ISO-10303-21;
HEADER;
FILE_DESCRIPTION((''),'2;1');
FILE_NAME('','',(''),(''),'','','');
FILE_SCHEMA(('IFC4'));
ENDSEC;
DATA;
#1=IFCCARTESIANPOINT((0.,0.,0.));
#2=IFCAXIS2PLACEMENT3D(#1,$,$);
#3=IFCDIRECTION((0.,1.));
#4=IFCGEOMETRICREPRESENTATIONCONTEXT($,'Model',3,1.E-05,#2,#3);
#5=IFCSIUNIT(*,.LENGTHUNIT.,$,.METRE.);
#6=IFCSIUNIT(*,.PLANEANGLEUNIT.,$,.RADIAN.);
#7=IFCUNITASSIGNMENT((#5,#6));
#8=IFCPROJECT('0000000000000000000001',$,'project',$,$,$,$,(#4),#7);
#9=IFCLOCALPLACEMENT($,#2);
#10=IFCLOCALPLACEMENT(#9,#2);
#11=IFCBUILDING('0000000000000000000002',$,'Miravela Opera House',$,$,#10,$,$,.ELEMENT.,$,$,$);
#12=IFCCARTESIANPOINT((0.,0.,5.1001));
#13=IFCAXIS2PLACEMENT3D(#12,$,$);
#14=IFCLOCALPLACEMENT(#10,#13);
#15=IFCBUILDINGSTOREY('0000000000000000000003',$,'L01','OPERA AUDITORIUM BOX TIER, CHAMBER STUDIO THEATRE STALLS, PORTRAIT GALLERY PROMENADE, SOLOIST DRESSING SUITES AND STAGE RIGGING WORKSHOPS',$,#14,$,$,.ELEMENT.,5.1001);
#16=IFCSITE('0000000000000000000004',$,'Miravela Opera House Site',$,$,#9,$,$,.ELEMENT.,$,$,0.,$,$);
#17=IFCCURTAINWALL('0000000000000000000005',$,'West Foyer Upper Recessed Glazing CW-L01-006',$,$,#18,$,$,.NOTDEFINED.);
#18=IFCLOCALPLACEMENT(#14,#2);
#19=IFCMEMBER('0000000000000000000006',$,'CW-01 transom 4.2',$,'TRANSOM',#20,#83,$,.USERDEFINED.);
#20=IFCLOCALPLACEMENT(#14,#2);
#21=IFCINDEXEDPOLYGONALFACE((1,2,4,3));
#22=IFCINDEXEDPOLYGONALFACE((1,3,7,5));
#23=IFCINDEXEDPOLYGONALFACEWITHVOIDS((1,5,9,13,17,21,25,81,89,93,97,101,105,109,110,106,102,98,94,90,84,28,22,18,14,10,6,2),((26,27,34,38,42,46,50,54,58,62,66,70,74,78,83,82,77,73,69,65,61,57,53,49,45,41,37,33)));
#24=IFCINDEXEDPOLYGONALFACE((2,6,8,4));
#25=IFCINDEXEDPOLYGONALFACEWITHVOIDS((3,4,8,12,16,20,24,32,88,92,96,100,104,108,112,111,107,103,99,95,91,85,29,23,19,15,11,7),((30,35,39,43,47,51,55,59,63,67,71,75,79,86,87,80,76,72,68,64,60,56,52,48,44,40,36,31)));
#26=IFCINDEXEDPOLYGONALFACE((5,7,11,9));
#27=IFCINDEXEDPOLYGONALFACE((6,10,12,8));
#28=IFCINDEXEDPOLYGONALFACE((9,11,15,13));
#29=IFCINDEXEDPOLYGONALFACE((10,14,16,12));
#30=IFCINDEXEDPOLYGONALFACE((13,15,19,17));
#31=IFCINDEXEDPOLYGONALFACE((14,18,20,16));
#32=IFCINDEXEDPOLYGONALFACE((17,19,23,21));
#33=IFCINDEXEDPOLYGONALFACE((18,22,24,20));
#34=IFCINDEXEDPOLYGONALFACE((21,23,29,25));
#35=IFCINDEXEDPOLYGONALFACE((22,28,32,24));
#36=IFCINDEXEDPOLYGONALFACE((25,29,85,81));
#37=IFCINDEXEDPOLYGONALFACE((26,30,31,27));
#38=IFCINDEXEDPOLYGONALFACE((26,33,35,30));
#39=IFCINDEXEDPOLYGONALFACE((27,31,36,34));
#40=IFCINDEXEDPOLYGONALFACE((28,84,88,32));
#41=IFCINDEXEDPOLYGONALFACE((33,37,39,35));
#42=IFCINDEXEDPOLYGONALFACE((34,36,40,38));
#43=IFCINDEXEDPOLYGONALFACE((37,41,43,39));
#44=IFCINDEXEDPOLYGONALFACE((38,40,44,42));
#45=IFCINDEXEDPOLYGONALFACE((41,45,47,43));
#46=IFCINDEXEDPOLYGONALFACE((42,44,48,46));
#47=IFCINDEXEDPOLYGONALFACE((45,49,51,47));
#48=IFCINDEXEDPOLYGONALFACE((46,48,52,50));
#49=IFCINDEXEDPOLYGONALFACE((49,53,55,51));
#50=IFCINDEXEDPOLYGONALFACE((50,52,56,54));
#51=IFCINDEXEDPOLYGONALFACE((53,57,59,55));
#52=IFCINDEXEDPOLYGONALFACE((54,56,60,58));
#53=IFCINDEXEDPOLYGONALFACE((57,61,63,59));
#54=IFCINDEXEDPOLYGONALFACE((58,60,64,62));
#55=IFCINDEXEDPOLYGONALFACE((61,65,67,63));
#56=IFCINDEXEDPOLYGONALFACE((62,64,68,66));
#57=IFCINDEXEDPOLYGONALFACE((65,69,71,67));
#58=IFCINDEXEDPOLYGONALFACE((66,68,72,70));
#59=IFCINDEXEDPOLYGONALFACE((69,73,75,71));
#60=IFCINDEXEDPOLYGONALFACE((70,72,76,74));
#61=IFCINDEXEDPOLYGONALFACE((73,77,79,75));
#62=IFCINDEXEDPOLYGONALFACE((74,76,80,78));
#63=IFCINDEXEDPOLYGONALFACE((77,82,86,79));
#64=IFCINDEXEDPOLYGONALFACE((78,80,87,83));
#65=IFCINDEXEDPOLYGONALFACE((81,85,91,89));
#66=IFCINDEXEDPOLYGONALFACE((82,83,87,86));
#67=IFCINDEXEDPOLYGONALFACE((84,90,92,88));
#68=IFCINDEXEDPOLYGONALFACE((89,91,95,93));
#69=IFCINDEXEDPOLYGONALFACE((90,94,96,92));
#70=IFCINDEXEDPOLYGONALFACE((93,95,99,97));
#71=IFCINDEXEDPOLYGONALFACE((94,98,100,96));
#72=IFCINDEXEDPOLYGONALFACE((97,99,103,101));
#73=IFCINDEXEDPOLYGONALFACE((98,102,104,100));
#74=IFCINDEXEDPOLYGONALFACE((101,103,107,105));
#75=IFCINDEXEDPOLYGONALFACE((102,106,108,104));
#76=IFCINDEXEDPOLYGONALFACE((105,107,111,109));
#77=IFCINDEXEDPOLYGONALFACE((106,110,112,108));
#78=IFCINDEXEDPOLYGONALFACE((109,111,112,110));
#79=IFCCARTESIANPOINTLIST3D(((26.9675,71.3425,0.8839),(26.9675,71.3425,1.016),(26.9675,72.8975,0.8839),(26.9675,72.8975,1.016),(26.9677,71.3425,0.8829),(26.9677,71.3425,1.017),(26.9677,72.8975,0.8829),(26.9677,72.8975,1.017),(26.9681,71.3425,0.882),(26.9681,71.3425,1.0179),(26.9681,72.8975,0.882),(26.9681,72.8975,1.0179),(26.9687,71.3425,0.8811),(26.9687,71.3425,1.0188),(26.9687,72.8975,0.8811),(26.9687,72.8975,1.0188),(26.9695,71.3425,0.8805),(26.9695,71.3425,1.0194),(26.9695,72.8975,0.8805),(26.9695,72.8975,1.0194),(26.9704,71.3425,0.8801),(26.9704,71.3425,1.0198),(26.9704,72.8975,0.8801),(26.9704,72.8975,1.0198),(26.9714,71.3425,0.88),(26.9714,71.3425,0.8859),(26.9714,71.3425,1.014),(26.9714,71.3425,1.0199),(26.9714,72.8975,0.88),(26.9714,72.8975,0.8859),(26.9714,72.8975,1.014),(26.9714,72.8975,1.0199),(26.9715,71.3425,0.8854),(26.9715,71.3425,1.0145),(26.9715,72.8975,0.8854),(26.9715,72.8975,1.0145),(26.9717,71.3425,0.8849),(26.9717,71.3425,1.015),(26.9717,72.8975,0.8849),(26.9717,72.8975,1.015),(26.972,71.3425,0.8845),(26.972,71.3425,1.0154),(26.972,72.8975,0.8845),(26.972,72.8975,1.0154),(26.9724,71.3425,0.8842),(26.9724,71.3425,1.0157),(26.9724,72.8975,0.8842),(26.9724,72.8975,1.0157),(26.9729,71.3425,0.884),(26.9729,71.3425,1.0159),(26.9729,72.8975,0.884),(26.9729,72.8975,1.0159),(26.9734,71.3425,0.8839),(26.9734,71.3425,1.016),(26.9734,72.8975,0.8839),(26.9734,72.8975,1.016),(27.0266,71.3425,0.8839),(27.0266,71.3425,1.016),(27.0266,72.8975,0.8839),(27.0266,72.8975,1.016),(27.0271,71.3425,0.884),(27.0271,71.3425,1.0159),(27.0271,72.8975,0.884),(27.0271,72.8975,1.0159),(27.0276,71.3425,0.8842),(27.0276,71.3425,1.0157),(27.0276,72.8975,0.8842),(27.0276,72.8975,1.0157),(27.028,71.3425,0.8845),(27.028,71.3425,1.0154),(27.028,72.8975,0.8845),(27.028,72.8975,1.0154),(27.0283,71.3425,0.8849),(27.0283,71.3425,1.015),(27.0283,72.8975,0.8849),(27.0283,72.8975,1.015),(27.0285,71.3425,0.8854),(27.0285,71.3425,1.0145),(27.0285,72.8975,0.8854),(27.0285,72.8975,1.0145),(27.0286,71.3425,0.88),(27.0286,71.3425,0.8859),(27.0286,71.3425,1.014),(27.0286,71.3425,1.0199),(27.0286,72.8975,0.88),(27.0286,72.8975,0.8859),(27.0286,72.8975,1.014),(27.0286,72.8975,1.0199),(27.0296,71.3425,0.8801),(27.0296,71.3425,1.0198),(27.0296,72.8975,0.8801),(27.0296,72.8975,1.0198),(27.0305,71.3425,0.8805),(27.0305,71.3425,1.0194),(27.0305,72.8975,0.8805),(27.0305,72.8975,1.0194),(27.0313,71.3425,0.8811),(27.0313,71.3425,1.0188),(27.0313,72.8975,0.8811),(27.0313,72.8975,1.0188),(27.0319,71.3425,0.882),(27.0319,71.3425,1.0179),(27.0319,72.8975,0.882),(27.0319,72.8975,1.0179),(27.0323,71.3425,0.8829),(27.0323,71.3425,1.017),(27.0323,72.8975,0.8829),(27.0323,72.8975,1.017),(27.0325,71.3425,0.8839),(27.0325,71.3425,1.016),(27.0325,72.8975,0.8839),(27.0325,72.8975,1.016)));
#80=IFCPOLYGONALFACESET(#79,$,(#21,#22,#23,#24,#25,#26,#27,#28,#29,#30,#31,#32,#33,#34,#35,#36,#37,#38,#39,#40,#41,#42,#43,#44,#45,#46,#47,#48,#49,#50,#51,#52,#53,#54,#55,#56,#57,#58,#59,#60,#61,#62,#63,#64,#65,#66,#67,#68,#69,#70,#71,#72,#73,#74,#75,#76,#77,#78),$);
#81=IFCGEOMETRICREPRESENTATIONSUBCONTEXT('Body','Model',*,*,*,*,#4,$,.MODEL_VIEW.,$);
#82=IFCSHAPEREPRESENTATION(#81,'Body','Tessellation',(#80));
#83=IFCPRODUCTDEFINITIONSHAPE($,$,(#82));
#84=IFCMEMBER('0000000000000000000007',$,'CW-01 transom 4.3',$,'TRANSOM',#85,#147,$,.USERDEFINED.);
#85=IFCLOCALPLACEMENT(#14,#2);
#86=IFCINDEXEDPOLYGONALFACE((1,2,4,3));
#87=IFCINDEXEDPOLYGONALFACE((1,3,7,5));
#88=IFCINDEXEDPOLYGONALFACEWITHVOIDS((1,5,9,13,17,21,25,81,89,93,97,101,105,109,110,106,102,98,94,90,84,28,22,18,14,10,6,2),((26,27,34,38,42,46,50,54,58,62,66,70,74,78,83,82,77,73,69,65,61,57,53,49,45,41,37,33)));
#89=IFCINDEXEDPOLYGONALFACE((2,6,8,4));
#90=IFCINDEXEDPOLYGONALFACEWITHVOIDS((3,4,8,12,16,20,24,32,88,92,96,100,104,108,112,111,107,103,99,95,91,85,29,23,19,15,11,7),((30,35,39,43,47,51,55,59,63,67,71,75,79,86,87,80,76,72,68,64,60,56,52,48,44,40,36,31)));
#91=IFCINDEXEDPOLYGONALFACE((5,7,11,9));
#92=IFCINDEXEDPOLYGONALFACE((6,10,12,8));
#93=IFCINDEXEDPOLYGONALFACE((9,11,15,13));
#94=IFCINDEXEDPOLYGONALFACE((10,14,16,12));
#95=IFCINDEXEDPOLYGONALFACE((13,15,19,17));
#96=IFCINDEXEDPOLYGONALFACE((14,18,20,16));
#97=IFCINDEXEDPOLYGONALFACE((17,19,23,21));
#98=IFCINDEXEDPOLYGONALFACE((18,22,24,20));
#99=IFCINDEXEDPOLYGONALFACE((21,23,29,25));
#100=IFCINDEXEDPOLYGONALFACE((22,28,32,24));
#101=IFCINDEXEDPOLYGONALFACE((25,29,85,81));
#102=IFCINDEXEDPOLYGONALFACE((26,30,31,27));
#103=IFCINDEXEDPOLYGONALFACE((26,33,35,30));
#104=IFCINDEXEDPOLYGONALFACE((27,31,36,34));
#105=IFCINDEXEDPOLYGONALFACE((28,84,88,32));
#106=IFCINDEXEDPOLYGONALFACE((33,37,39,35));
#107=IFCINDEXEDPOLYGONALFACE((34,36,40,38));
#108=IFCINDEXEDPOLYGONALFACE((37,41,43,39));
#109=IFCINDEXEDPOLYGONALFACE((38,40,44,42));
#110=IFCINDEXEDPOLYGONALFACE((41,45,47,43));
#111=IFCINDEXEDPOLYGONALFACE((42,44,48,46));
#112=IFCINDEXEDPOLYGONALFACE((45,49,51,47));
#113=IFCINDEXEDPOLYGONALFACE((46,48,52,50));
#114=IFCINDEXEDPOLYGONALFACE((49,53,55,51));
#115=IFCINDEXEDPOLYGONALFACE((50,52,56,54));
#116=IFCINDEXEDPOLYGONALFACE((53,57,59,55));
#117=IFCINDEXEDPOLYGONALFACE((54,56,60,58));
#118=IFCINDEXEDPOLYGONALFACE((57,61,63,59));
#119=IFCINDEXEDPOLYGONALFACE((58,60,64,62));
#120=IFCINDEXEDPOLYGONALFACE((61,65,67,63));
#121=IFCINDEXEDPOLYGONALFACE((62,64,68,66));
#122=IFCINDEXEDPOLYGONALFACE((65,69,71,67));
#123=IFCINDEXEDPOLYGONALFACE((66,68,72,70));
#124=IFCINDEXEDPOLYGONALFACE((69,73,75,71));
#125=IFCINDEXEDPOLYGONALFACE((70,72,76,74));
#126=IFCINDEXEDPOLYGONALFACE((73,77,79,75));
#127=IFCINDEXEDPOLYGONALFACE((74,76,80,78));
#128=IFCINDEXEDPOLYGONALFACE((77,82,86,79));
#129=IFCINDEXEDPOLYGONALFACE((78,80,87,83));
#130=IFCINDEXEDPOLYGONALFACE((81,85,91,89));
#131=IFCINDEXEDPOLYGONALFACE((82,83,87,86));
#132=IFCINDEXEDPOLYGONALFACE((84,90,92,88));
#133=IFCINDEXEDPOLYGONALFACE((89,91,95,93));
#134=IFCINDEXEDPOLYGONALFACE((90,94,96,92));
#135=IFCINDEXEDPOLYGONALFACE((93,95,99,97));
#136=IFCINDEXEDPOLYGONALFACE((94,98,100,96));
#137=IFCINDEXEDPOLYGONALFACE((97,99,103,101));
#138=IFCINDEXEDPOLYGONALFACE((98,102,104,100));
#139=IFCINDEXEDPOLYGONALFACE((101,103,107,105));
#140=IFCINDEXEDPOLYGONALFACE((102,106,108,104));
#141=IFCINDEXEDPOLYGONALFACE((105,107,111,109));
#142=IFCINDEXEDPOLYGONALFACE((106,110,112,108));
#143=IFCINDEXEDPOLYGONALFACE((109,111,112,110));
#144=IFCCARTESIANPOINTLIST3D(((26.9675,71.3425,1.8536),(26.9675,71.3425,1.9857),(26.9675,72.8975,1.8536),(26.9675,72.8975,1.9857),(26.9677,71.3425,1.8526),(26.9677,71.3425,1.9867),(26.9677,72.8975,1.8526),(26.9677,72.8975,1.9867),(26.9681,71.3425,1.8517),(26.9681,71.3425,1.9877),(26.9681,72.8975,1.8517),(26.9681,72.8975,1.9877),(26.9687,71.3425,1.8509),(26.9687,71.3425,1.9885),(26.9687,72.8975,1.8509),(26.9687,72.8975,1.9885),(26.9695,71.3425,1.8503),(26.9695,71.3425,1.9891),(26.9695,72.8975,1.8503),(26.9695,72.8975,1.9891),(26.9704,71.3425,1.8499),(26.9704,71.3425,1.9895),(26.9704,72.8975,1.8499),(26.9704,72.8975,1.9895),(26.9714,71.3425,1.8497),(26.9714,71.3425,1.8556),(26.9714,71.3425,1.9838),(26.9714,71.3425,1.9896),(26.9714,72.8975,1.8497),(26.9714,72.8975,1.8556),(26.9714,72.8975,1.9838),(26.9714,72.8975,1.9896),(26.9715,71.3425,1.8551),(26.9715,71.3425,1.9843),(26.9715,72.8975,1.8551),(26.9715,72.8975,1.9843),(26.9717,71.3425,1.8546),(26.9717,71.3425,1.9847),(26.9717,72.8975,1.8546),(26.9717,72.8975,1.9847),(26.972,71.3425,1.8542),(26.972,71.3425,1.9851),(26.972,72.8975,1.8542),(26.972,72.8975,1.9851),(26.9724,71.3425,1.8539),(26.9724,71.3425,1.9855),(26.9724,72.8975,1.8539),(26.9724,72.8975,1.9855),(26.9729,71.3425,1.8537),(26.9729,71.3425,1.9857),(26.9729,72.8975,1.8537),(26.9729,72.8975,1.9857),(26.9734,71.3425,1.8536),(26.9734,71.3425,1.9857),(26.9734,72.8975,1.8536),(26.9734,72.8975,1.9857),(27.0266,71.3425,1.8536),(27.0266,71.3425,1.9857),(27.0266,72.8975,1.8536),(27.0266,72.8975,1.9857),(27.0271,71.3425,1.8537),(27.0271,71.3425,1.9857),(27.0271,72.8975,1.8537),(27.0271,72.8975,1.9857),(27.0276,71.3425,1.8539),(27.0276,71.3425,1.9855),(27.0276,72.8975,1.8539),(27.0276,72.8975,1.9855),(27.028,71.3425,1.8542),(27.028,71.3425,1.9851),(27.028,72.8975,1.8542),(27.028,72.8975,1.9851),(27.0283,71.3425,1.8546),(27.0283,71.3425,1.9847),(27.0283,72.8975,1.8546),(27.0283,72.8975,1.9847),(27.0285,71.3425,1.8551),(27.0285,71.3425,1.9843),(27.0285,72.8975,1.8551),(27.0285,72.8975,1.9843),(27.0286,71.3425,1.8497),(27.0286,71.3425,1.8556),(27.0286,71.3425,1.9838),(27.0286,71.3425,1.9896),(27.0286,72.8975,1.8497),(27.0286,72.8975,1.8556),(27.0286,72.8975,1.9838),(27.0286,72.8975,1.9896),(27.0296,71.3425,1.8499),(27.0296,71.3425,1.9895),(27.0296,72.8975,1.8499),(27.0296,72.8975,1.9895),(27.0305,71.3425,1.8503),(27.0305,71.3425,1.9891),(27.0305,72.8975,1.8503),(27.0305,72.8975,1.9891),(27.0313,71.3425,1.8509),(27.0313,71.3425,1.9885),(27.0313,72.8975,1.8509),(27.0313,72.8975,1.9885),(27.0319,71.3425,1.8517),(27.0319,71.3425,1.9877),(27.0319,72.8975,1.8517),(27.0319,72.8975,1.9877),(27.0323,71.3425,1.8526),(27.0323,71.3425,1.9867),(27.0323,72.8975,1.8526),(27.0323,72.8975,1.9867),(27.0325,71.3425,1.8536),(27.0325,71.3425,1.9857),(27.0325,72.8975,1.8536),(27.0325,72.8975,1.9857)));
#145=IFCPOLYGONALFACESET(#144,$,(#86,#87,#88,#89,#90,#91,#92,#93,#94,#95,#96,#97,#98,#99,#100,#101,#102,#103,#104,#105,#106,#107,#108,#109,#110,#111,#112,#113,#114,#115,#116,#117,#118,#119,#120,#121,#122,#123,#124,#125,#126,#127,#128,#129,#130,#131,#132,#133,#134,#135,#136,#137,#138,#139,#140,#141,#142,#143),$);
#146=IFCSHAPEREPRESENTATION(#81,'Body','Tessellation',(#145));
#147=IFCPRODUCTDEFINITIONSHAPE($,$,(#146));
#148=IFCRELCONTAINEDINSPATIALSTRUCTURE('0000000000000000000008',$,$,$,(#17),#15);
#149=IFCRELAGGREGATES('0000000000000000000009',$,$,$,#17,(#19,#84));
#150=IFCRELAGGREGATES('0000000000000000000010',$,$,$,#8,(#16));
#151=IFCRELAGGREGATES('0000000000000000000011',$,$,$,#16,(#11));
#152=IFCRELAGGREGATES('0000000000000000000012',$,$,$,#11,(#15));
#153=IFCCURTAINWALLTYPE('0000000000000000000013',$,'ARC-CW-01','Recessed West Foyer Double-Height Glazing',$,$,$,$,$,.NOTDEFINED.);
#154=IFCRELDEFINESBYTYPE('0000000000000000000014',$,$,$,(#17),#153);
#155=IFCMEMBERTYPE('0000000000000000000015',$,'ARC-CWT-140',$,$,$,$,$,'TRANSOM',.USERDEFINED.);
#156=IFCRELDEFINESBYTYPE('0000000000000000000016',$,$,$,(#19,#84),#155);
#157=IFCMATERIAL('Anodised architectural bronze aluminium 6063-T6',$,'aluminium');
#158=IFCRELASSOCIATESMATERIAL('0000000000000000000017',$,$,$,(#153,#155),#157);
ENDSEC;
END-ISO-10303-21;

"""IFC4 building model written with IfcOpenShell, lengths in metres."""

from ifc_helpers import new_model, si_unit, direction, frame, origin, origin_2d, place, context, subcontext, project, spatial, hollow_rectangle, extrude, material, material_profile, profile_set, type_object, element, aggregate, save


model = new_model("IFC4")

# Units and contexts
model_context = context("Model", 3, precision=1e-05, world=origin(), true_north=direction((0.0, 1.0)))
body_context = subcontext(model_context, "Body", "Model", "MODEL_VIEW")
ifc_project = project(units=[si_unit("LENGTHUNIT", "METRE"), si_unit("PLANEANGLEUNIT", "RADIAN")], contexts=[model_context])

# Site, building, storey
site_placement = place(None, origin())
site = spatial("IfcSite", under=ifc_project, at=site_placement, Name="Miravela Opera House Site", CompositionType="ELEMENT", RefElevation=0.0)
building_placement = place(site_placement, origin())
building = spatial("IfcBuilding", under=site, at=building_placement, Name="Miravela Opera House", CompositionType="ELEMENT")
storey_placement = place(building_placement, frame((0.0, 0.0, 5.1001)))
storey = spatial("IfcBuildingStorey", under=building, at=storey_placement, Name="L01", Description="OPERA AUDITORIUM BOX TIER, CHAMBER STUDIO THEATRE STALLS, PORTRAIT GALLERY PROMENADE, SOLOIST DRESSING SUITES AND STAGE RIGGING WORKSHOPS", CompositionType="ELEMENT", Elevation=5.1001)

# Curtain wall, members
ifc_material_1 = material(Name="Anodised architectural bronze aluminium 6063-T6", Category="aluminium")
curtain_wall_type = type_object("IfcCurtainWallType", Name="ARC-CW-01", Description="Recessed West Foyer Double-Height Glazing", PredefinedType="NOTDEFINED", material=ifc_material_1)
curtain_wall_placement = place(storey_placement, origin())
curtain_wall = element("IfcCurtainWall", 1, at=curtain_wall_placement, inside=storey, type_object=curtain_wall_type, Name="West Foyer Upper Recessed Glazing CW-L01-006", PredefinedType="NOTDEFINED")
ifc_material_profile_1 = material_profile(ifc_material_1, hollow_rectangle(XDim=0.0649, YDim=0.1399, WallThickness=0.0039, InnerFilletRadius=0.002, OuterFilletRadius=0.0039, at=origin_2d()), Name="CWT-65X140")
ifc_profile_set_1 = profile_set([ifc_material_profile_1])
member_type_1 = type_object("IfcMemberType", Name="ARC-CWT-140", ElementType="TRANSOM", PredefinedType="USERDEFINED", material=ifc_profile_set_1)
member_1_placement = place(storey_placement, frame((27.0, 71.3425, 0.95), z_axis=(0.0, 1.0, 0.0), x_axis=(-1.0, 0.0, 0.0)))
member_1 = element("IfcMember", 2, at=member_1_placement, type_object=member_type_1, Name="CW-01 transom 4.2", ObjectType="TRANSOM", PredefinedType="USERDEFINED", context=body_context, shape_type="SweptSolid", body=[
    extrude(hollow_rectangle(XDim=0.0649, YDim=0.1399, WallThickness=0.0039, InnerFilletRadius=0.002, OuterFilletRadius=0.0039, at=origin_2d()), origin(), (0.0, 0.0, 1.0), 1.5549),
])
member_2_placement = place(storey_placement, frame((27.0, 71.3425, 1.9197), z_axis=(0.0, 1.0, 0.0), x_axis=(-1.0, 0.0, 0.0)))
member_2 = element("IfcMember", 3, at=member_2_placement, type_object=member_type_1, Name="CW-01 transom 4.3", ObjectType="TRANSOM", PredefinedType="USERDEFINED", context=body_context, shape_type="SweptSolid", body=[
    extrude(hollow_rectangle(XDim=0.0649, YDim=0.1399, WallThickness=0.0039, InnerFilletRadius=0.002, OuterFilletRadius=0.0039, at=origin_2d()), origin(), (0.0, 0.0, 1.0), 1.5549),
])
aggregate(curtain_wall, [member_1, member_2])

save(model, "model.ifc")
